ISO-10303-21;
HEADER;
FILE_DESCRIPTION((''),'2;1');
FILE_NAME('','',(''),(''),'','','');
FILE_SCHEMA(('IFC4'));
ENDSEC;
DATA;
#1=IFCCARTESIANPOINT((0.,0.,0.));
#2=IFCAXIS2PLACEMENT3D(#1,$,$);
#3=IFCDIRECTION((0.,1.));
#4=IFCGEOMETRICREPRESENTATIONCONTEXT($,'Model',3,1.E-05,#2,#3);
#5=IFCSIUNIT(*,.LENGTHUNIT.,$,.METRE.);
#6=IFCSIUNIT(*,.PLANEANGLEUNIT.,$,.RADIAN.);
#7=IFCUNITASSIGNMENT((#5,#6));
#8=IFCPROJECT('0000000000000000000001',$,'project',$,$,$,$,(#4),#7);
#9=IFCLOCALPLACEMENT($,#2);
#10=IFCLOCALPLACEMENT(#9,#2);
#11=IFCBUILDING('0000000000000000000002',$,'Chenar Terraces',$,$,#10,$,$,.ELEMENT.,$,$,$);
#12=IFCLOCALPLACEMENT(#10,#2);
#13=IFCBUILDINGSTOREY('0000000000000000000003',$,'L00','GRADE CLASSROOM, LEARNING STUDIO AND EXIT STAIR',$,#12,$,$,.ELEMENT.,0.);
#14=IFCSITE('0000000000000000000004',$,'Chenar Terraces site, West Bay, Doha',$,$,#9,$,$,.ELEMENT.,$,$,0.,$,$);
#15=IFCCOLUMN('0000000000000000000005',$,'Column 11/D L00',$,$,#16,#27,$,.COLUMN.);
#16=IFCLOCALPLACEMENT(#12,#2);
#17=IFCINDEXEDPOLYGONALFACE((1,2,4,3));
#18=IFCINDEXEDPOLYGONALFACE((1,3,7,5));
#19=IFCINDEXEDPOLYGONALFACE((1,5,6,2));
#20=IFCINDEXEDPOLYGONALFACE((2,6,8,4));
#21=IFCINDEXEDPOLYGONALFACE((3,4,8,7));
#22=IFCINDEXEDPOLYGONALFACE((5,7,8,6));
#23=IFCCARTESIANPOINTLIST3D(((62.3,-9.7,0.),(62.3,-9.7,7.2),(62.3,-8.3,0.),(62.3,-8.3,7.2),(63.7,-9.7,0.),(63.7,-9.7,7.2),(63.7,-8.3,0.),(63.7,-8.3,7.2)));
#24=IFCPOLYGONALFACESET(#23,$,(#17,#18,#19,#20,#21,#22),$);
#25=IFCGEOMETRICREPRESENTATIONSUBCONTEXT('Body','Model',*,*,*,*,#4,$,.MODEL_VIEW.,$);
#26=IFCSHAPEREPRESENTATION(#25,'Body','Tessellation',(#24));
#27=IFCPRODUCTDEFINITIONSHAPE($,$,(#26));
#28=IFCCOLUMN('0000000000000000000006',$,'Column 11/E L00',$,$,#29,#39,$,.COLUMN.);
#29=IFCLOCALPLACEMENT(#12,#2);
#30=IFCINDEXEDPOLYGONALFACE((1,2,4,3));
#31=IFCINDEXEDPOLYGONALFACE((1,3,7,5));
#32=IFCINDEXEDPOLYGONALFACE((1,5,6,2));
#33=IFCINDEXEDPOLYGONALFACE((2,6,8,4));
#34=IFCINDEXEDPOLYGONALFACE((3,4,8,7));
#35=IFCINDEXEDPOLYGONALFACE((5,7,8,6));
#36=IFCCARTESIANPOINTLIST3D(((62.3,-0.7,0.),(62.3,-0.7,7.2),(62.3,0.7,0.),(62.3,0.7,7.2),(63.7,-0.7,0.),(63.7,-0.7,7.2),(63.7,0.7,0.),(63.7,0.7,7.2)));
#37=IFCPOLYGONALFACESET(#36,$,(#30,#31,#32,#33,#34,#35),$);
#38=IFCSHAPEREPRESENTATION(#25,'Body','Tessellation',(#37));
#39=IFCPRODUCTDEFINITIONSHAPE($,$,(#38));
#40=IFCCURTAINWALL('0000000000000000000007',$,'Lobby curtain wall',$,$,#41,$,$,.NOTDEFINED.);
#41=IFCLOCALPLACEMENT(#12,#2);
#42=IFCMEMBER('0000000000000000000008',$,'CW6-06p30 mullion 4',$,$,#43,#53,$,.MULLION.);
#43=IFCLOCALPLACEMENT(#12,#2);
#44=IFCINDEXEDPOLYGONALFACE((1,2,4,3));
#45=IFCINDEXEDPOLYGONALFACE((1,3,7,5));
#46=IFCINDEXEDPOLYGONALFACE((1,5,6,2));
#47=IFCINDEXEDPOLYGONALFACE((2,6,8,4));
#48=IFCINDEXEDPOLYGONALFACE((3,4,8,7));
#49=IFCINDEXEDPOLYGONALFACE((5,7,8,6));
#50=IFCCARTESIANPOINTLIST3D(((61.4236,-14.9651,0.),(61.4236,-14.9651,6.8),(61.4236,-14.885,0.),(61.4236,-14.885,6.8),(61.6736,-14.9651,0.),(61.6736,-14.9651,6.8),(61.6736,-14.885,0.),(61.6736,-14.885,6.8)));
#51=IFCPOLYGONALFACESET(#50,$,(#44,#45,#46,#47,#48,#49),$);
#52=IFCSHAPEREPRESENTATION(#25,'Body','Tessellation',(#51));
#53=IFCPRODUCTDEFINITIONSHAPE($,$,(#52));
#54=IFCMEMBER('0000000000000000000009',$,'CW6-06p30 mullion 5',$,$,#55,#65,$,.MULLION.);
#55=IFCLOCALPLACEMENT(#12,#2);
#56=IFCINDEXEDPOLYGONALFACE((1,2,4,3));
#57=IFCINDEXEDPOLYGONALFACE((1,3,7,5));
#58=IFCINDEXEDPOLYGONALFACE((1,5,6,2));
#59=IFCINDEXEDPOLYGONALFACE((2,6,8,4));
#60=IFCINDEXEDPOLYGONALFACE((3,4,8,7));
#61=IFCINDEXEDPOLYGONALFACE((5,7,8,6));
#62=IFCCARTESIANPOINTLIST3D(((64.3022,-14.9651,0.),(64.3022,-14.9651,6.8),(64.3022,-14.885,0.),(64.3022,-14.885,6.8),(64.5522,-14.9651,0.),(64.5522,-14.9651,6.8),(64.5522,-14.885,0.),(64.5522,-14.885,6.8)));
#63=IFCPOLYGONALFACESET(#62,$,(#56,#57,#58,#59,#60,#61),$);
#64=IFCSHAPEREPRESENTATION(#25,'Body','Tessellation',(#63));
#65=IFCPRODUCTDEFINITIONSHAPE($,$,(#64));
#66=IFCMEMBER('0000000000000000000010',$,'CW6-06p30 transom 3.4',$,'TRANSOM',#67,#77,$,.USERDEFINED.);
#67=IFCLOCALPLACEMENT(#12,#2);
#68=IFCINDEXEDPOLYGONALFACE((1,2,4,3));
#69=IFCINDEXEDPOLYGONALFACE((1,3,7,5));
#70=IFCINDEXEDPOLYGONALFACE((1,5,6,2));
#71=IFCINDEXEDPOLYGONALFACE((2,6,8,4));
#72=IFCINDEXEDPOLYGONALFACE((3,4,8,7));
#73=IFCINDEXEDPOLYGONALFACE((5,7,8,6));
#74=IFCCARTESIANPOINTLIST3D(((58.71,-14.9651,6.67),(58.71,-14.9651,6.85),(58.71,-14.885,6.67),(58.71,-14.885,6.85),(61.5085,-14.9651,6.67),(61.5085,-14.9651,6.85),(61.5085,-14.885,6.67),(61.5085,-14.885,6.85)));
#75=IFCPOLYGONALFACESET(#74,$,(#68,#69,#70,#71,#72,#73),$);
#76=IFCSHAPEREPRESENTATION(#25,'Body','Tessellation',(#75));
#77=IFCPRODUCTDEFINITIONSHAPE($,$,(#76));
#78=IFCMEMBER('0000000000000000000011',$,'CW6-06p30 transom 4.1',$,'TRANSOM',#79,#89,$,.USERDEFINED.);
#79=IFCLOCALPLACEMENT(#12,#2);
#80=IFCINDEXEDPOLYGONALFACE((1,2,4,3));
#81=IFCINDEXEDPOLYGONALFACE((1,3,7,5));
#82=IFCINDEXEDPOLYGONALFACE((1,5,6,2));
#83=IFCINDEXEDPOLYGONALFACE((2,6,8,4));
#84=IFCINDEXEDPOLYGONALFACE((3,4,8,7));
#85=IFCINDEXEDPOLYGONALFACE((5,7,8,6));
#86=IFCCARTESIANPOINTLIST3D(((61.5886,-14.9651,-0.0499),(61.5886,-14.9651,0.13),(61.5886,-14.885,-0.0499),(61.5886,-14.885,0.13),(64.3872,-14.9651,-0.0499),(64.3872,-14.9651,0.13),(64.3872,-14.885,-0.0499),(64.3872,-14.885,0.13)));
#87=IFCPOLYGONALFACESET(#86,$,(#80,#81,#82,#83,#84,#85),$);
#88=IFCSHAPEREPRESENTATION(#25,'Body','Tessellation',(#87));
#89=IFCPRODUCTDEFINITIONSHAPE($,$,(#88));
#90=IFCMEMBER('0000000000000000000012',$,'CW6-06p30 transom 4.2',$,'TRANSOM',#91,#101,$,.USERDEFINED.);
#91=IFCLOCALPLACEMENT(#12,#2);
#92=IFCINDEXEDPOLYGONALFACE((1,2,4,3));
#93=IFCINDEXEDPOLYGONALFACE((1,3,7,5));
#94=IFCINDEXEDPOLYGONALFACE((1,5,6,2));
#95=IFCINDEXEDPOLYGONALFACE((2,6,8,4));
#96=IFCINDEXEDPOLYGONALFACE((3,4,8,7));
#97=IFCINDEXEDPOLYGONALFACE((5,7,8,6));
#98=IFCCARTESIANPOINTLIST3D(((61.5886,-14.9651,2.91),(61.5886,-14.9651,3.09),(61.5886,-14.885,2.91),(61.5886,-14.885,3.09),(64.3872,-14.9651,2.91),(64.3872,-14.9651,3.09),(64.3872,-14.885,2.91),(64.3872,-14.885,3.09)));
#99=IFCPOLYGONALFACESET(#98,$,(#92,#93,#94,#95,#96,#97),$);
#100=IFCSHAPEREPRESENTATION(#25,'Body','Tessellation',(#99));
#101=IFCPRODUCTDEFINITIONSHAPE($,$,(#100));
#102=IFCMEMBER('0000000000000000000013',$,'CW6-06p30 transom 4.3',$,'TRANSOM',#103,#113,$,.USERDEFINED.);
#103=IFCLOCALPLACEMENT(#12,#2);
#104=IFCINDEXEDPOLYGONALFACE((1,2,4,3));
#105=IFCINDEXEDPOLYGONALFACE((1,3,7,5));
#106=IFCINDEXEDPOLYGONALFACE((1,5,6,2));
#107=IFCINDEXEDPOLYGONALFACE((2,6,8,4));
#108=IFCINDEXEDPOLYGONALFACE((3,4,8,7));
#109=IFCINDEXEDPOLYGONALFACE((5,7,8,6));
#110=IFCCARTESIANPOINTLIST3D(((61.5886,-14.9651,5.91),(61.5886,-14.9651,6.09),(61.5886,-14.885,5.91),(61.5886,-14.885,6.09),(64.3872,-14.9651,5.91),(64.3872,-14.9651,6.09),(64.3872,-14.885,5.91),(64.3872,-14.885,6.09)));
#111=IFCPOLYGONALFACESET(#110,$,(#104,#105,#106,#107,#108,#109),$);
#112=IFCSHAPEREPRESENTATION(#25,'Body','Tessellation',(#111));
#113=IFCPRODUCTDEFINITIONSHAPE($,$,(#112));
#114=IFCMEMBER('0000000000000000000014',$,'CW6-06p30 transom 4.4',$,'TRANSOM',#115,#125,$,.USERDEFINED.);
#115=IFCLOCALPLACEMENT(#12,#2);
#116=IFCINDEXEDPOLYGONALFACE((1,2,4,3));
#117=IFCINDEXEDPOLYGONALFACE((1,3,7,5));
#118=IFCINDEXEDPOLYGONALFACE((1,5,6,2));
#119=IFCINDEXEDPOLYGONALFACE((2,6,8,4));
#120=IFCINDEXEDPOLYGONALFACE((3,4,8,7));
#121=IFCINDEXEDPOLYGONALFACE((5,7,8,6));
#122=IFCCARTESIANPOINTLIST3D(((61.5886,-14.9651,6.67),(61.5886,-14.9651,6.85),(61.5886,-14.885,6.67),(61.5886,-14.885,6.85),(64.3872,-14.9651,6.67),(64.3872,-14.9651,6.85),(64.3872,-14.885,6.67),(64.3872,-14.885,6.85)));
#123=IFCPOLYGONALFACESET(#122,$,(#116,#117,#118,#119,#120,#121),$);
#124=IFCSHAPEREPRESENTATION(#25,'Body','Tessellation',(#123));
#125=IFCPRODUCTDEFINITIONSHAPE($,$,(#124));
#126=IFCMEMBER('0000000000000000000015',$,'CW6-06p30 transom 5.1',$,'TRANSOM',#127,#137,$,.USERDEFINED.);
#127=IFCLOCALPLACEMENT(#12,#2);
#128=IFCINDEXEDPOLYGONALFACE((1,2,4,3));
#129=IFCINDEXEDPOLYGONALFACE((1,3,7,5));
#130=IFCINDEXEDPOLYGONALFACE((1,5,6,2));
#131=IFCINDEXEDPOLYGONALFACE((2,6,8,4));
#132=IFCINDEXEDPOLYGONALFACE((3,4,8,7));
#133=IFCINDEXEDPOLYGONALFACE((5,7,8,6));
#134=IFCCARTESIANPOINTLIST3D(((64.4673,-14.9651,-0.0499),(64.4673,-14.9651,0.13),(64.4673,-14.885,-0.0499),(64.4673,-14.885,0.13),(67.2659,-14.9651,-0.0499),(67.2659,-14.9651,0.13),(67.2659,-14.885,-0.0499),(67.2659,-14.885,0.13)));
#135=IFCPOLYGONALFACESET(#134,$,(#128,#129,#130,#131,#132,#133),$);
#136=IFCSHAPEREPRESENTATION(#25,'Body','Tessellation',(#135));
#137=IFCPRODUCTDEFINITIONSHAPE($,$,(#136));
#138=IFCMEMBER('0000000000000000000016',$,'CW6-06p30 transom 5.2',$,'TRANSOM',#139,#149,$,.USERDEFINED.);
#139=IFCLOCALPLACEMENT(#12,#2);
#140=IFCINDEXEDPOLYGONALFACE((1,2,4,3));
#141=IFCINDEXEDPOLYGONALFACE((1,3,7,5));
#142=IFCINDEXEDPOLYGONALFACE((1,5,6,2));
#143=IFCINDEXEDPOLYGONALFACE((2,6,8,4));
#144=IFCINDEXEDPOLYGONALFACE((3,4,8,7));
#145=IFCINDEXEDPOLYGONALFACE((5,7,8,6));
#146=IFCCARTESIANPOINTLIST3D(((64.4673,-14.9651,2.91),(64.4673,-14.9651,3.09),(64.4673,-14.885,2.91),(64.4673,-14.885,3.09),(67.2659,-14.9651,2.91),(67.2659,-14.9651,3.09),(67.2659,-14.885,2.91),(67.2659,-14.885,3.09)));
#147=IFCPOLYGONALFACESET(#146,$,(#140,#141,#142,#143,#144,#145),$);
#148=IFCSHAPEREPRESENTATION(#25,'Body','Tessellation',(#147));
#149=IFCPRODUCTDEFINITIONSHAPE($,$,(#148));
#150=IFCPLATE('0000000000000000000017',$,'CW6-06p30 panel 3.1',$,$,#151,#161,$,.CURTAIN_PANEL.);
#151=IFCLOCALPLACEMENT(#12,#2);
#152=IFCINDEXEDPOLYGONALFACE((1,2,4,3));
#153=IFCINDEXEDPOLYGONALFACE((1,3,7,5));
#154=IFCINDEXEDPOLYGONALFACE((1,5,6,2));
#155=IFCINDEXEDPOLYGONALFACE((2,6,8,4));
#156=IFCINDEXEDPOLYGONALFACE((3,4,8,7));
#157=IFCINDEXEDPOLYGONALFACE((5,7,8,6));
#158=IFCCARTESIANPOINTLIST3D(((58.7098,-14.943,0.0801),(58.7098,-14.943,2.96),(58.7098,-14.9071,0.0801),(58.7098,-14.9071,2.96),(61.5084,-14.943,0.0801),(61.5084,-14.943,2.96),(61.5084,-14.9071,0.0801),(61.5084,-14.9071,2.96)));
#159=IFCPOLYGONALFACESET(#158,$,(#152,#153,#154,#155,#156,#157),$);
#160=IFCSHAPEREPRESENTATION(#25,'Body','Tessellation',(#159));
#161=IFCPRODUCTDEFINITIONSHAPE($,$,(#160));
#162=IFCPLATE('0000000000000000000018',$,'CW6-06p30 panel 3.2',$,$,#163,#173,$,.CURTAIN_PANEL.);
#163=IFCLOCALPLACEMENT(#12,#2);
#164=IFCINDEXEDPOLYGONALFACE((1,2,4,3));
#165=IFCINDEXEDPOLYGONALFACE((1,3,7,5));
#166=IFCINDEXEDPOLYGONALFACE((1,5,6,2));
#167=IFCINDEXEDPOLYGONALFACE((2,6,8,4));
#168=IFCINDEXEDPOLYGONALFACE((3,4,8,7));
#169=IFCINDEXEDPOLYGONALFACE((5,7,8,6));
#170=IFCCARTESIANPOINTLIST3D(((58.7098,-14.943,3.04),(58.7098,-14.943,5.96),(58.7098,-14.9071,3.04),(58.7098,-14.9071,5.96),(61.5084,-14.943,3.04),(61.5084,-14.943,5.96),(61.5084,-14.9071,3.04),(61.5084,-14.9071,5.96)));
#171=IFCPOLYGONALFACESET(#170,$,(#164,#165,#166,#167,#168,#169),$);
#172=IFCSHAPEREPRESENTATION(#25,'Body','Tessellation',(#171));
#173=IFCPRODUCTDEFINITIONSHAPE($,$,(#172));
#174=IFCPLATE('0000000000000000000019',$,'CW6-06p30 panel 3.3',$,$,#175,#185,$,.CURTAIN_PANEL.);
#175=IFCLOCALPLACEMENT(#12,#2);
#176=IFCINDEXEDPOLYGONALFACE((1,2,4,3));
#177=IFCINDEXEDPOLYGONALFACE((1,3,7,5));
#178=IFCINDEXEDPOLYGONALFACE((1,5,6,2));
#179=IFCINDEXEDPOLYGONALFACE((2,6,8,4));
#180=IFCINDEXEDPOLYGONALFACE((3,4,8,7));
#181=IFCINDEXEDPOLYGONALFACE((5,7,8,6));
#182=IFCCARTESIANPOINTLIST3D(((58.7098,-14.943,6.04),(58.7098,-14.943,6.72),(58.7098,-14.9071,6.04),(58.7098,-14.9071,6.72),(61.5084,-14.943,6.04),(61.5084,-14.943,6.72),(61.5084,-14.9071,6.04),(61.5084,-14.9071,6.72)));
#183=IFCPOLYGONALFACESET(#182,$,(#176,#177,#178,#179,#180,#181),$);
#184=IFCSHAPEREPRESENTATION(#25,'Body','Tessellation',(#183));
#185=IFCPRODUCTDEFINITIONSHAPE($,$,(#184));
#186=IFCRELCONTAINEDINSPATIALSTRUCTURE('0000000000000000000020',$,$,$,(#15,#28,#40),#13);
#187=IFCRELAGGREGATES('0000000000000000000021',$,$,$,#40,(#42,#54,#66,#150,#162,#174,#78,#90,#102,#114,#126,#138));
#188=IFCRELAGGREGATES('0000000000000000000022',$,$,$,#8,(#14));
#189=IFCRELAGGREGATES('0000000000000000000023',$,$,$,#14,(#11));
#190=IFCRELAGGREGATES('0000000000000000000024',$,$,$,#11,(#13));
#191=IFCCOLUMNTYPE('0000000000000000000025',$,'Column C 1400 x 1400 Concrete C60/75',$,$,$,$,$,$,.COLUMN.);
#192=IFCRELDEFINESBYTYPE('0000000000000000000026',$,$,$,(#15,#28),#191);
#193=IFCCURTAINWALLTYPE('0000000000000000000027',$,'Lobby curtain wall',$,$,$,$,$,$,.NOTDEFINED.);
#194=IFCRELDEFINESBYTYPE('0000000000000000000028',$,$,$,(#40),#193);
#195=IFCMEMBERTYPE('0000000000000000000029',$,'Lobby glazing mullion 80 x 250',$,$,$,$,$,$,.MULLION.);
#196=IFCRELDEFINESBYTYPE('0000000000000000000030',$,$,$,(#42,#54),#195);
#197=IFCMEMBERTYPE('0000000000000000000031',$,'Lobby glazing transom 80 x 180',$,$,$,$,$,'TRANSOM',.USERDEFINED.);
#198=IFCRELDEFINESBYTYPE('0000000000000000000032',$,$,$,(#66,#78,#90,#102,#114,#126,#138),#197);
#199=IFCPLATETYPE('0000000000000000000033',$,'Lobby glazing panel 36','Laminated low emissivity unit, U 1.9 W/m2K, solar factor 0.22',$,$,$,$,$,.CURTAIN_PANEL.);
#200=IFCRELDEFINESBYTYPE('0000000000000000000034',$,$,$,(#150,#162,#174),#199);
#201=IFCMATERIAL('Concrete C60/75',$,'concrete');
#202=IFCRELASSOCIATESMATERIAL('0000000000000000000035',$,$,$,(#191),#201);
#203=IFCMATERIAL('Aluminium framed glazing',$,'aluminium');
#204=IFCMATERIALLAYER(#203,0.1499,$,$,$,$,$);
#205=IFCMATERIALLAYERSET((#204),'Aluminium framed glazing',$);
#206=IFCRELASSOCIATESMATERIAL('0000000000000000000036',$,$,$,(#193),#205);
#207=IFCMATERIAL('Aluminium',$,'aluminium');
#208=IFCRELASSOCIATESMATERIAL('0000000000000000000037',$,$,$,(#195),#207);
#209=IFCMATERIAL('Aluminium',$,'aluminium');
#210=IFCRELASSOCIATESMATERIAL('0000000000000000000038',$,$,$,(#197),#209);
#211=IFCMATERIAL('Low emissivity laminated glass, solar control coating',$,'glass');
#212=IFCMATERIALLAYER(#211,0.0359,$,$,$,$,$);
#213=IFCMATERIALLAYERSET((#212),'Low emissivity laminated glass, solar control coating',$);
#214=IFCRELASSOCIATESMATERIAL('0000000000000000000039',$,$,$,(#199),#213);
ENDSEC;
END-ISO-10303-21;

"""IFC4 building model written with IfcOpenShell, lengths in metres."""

from ifc_helpers import new_model, si_unit, direction, frame, origin, origin_2d, place, context, subcontext, project, spatial, rectangle, extrude, material, layer, layer_set, material_profile, profile_set, type_object, element, aggregate, save


model = new_model("IFC4")

# Units and contexts
model_context = context("Model", 3, precision=1e-05, world=origin(), true_north=direction((0.0, 1.0)))
body_context = subcontext(model_context, "Body", "Model", "MODEL_VIEW")
ifc_project = project(units=[si_unit("LENGTHUNIT", "METRE"), si_unit("PLANEANGLEUNIT", "RADIAN")], contexts=[model_context])

# Site, building, storey
site_placement = place(None, origin())
site = spatial("IfcSite", under=ifc_project, at=site_placement, Name="Chenar Terraces site, West Bay, Doha", CompositionType="ELEMENT", RefElevation=0.0)
building_placement = place(site_placement, origin())
building = spatial("IfcBuilding", under=site, at=building_placement, Name="Chenar Terraces", CompositionType="ELEMENT")
storey_placement = place(building_placement, origin())
storey = spatial("IfcBuildingStorey", under=building, at=storey_placement, Name="L00", Description="GRADE CLASSROOM, LEARNING STUDIO AND EXIT STAIR", CompositionType="ELEMENT", Elevation=0.0)

# Columns
ifc_material_1 = material(Name="Concrete C60/75", Category="concrete")
ifc_material_profile_1 = material_profile(ifc_material_1, rectangle(XDim=1.3999, YDim=1.3999, at=origin_2d()), Name="C 1400 x 1400")
ifc_profile_set_1 = profile_set([ifc_material_profile_1], Name="Concrete C60/75")
column_type = type_object("IfcColumnType", Name="Column C 1400 x 1400 Concrete C60/75", PredefinedType="COLUMN", material=ifc_profile_set_1)
for number, where, z_axis, x_axis, name in (
    (1, (63.0, -9.0, 0.0), (0.0, 0.0, 1.0), (1.0, 0.0, 0.0), "Column 11/D L00"),
    (2, (63.0, 0.0, 0.0), (0.0, 0.0, 1.0), (1.0, 0.0, 0.0), "Column 11/E L00"),
):
    element("IfcColumn", number, at=place(storey_placement, frame(where, z_axis=z_axis, x_axis=x_axis)), inside=storey, type_object=column_type, Name=name, PredefinedType="COLUMN", context=body_context, shape_type="SweptSolid", body=[
        extrude(rectangle(XDim=1.3999, YDim=1.3999, at=origin_2d()), origin(), (0.0, 0.0, 1.0), 7.2),
    ])

# Curtain wall, members, plates
ifc_material_2 = material(Name="Aluminium framed glazing", Category="aluminium")
ifc_layer_1 = layer(ifc_material_2, 0.1499)
ifc_layer_set_1 = layer_set([ifc_layer_1], Name="Aluminium framed glazing")
curtain_wall_type = type_object("IfcCurtainWallType", Name="Lobby curtain wall", PredefinedType="NOTDEFINED", material=ifc_layer_set_1)
curtain_wall_placement = place(storey_placement, origin())
curtain_wall = element("IfcCurtainWall", 3, at=curtain_wall_placement, inside=storey, type_object=curtain_wall_type, Name="Lobby curtain wall", PredefinedType="NOTDEFINED")
ifc_material_3 = material(Name="Aluminium", Category="aluminium")
ifc_material_profile_2 = material_profile(ifc_material_3, rectangle(XDim=0.0801, YDim=0.25, at=origin_2d()), Name="Lobby glazing mullion 80 x 250")
ifc_profile_set_2 = profile_set([ifc_material_profile_2], Name="Aluminium")
member_type_1 = type_object("IfcMemberType", Name="Lobby glazing mullion 80 x 250", PredefinedType="MULLION", material=ifc_profile_set_2)
member_1_placement = place(storey_placement, frame((61.5486, -14.925, 0.0), z_axis=(0.0, 0.0, 1.0), x_axis=(0.0, 1.0, 0.0)))
member_1 = element("IfcMember", 4, at=member_1_placement, type_object=member_type_1, Name="CW6-06p30 mullion 4", PredefinedType="MULLION", context=body_context, shape_type="SweptSolid", body=[
    extrude(rectangle(XDim=0.0801, YDim=0.25, at=origin_2d()), origin(), (0.0, 0.0, 1.0), 6.8),
])
member_2_placement = place(storey_placement, frame((64.4272, -14.925, 0.0), z_axis=(0.0, 0.0, 1.0), x_axis=(0.0, 1.0, 0.0)))
member_2 = element("IfcMember", 5, at=member_2_placement, type_object=member_type_1, Name="CW6-06p30 mullion 5", PredefinedType="MULLION", context=body_context, shape_type="SweptSolid", body=[
    extrude(rectangle(XDim=0.0801, YDim=0.25, at=origin_2d()), origin(), (0.0, 0.0, 1.0), 6.8),
])
ifc_material_4 = material(Name="Aluminium", Category="aluminium")
ifc_material_profile_3 = material_profile(ifc_material_4, rectangle(XDim=0.0801, YDim=0.1799, at=origin_2d()), Name="Lobby glazing transom 80 x 180")
ifc_profile_set_3 = profile_set([ifc_material_profile_3], Name="Aluminium")
member_type_2 = type_object("IfcMemberType", Name="Lobby glazing transom 80 x 180", ElementType="TRANSOM", PredefinedType="USERDEFINED", material=ifc_profile_set_3)
member_3_placement = place(storey_placement, frame((58.71, -14.925, 6.76), z_axis=(1.0, 0.0, 0.0), x_axis=(0.0, 1.0, 0.0)))
member_3 = element("IfcMember", 6, at=member_3_placement, type_object=member_type_2, Name="CW6-06p30 transom 3.4", ObjectType="TRANSOM", PredefinedType="USERDEFINED", context=body_context, shape_type="SweptSolid", body=[
    extrude(rectangle(XDim=0.0801, YDim=0.1799, at=origin_2d()), origin(), (0.0, 0.0, 1.0), 2.7986),
])
member_4_placement = place(storey_placement, frame((61.5886, -14.925, 0.04), z_axis=(1.0, 0.0, 0.0), x_axis=(0.0, 1.0, 0.0)))
member_4 = element("IfcMember", 7, at=member_4_placement, type_object=member_type_2, Name="CW6-06p30 transom 4.1", ObjectType="TRANSOM", PredefinedType="USERDEFINED", context=body_context, shape_type="SweptSolid", body=[
    extrude(rectangle(XDim=0.0801, YDim=0.1799, at=origin_2d()), origin(), (0.0, 0.0, 1.0), 2.7986),
])
member_5_placement = place(storey_placement, frame((61.5886, -14.925, 3.0), z_axis=(1.0, 0.0, 0.0), x_axis=(0.0, 1.0, 0.0)))
member_5 = element("IfcMember", 8, at=member_5_placement, type_object=member_type_2, Name="CW6-06p30 transom 4.2", ObjectType="TRANSOM", PredefinedType="USERDEFINED", context=body_context, shape_type="SweptSolid", body=[
    extrude(rectangle(XDim=0.0801, YDim=0.1799, at=origin_2d()), origin(), (0.0, 0.0, 1.0), 2.7986),
])
member_6_placement = place(storey_placement, frame((61.5886, -14.925, 6.0), z_axis=(1.0, 0.0, 0.0), x_axis=(0.0, 1.0, 0.0)))
member_6 = element("IfcMember", 9, at=member_6_placement, type_object=member_type_2, Name="CW6-06p30 transom 4.3", ObjectType="TRANSOM", PredefinedType="USERDEFINED", context=body_context, shape_type="SweptSolid", body=[
    extrude(rectangle(XDim=0.0801, YDim=0.1799, at=origin_2d()), origin(), (0.0, 0.0, 1.0), 2.7986),
])
member_7_placement = place(storey_placement, frame((61.5886, -14.925, 6.76), z_axis=(1.0, 0.0, 0.0), x_axis=(0.0, 1.0, 0.0)))
member_7 = element("IfcMember", 10, at=member_7_placement, type_object=member_type_2, Name="CW6-06p30 transom 4.4", ObjectType="TRANSOM", PredefinedType="USERDEFINED", context=body_context, shape_type="SweptSolid", body=[
    extrude(rectangle(XDim=0.0801, YDim=0.1799, at=origin_2d()), origin(), (0.0, 0.0, 1.0), 2.7986),
])
member_8_placement = place(storey_placement, frame((64.4673, -14.925, 0.04), z_axis=(1.0, 0.0, 0.0), x_axis=(0.0, 1.0, 0.0)))
member_8 = element("IfcMember", 11, at=member_8_placement, type_object=member_type_2, Name="CW6-06p30 transom 5.1", ObjectType="TRANSOM", PredefinedType="USERDEFINED", context=body_context, shape_type="SweptSolid", body=[
    extrude(rectangle(XDim=0.0801, YDim=0.1799, at=origin_2d()), origin(), (0.0, 0.0, 1.0), 2.7986),
])
member_9_placement = place(storey_placement, frame((64.4673, -14.925, 3.0), z_axis=(1.0, 0.0, 0.0), x_axis=(0.0, 1.0, 0.0)))
member_9 = element("IfcMember", 12, at=member_9_placement, type_object=member_type_2, Name="CW6-06p30 transom 5.2", ObjectType="TRANSOM", PredefinedType="USERDEFINED", context=body_context, shape_type="SweptSolid", body=[
    extrude(rectangle(XDim=0.0801, YDim=0.1799, at=origin_2d()), origin(), (0.0, 0.0, 1.0), 2.7986),
])
ifc_material_5 = material(Name="Low emissivity laminated glass, solar control coating", Category="glass")
ifc_layer_2 = layer(ifc_material_5, 0.0359)
ifc_layer_set_2 = layer_set([ifc_layer_2], Name="Low emissivity laminated glass, solar control coating")
plate_type = type_object("IfcPlateType", Name="Lobby glazing panel 36", Description="Laminated low emissivity unit, U 1.9 W/m2K, solar factor 0.22", PredefinedType="CURTAIN_PANEL", material=ifc_layer_set_2)
plate_1_placement = place(storey_placement, frame((60.1091, -14.925, 0.0801), z_axis=(0.0, 0.0, 1.0), x_axis=(1.0, 0.0, 0.0)))
plate_1 = element("IfcPlate", 13, at=plate_1_placement, type_object=plate_type, Name="CW6-06p30 panel 3.1", PredefinedType="CURTAIN_PANEL", context=body_context, shape_type="SweptSolid", body=[
    extrude(rectangle(XDim=2.7986, YDim=0.0359, at=origin_2d()), origin(), (0.0, 0.0, 1.0), 2.8799),
])
plate_2_placement = place(storey_placement, frame((60.1091, -14.925, 3.04), z_axis=(0.0, 0.0, 1.0), x_axis=(1.0, 0.0, 0.0)))
plate_2 = element("IfcPlate", 14, at=plate_2_placement, type_object=plate_type, Name="CW6-06p30 panel 3.2", PredefinedType="CURTAIN_PANEL", context=body_context, shape_type="SweptSolid", body=[
    extrude(rectangle(XDim=2.7986, YDim=0.0359, at=origin_2d()), origin(), (0.0, 0.0, 1.0), 2.9199),
])
plate_3_placement = place(storey_placement, frame((60.1091, -14.925, 6.04), z_axis=(0.0, 0.0, 1.0), x_axis=(1.0, 0.0, 0.0)))
plate_3 = element("IfcPlate", 15, at=plate_3_placement, type_object=plate_type, Name="CW6-06p30 panel 3.3", PredefinedType="CURTAIN_PANEL", context=body_context, shape_type="SweptSolid", body=[
    extrude(rectangle(XDim=2.7986, YDim=0.0359, at=origin_2d()), origin(), (0.0, 0.0, 1.0), 0.6799),
])
aggregate(curtain_wall, [member_1, member_2, member_3, plate_1, plate_2, plate_3, member_4, member_5, member_6, member_7, member_8, member_9])

save(model, "model.ifc")
